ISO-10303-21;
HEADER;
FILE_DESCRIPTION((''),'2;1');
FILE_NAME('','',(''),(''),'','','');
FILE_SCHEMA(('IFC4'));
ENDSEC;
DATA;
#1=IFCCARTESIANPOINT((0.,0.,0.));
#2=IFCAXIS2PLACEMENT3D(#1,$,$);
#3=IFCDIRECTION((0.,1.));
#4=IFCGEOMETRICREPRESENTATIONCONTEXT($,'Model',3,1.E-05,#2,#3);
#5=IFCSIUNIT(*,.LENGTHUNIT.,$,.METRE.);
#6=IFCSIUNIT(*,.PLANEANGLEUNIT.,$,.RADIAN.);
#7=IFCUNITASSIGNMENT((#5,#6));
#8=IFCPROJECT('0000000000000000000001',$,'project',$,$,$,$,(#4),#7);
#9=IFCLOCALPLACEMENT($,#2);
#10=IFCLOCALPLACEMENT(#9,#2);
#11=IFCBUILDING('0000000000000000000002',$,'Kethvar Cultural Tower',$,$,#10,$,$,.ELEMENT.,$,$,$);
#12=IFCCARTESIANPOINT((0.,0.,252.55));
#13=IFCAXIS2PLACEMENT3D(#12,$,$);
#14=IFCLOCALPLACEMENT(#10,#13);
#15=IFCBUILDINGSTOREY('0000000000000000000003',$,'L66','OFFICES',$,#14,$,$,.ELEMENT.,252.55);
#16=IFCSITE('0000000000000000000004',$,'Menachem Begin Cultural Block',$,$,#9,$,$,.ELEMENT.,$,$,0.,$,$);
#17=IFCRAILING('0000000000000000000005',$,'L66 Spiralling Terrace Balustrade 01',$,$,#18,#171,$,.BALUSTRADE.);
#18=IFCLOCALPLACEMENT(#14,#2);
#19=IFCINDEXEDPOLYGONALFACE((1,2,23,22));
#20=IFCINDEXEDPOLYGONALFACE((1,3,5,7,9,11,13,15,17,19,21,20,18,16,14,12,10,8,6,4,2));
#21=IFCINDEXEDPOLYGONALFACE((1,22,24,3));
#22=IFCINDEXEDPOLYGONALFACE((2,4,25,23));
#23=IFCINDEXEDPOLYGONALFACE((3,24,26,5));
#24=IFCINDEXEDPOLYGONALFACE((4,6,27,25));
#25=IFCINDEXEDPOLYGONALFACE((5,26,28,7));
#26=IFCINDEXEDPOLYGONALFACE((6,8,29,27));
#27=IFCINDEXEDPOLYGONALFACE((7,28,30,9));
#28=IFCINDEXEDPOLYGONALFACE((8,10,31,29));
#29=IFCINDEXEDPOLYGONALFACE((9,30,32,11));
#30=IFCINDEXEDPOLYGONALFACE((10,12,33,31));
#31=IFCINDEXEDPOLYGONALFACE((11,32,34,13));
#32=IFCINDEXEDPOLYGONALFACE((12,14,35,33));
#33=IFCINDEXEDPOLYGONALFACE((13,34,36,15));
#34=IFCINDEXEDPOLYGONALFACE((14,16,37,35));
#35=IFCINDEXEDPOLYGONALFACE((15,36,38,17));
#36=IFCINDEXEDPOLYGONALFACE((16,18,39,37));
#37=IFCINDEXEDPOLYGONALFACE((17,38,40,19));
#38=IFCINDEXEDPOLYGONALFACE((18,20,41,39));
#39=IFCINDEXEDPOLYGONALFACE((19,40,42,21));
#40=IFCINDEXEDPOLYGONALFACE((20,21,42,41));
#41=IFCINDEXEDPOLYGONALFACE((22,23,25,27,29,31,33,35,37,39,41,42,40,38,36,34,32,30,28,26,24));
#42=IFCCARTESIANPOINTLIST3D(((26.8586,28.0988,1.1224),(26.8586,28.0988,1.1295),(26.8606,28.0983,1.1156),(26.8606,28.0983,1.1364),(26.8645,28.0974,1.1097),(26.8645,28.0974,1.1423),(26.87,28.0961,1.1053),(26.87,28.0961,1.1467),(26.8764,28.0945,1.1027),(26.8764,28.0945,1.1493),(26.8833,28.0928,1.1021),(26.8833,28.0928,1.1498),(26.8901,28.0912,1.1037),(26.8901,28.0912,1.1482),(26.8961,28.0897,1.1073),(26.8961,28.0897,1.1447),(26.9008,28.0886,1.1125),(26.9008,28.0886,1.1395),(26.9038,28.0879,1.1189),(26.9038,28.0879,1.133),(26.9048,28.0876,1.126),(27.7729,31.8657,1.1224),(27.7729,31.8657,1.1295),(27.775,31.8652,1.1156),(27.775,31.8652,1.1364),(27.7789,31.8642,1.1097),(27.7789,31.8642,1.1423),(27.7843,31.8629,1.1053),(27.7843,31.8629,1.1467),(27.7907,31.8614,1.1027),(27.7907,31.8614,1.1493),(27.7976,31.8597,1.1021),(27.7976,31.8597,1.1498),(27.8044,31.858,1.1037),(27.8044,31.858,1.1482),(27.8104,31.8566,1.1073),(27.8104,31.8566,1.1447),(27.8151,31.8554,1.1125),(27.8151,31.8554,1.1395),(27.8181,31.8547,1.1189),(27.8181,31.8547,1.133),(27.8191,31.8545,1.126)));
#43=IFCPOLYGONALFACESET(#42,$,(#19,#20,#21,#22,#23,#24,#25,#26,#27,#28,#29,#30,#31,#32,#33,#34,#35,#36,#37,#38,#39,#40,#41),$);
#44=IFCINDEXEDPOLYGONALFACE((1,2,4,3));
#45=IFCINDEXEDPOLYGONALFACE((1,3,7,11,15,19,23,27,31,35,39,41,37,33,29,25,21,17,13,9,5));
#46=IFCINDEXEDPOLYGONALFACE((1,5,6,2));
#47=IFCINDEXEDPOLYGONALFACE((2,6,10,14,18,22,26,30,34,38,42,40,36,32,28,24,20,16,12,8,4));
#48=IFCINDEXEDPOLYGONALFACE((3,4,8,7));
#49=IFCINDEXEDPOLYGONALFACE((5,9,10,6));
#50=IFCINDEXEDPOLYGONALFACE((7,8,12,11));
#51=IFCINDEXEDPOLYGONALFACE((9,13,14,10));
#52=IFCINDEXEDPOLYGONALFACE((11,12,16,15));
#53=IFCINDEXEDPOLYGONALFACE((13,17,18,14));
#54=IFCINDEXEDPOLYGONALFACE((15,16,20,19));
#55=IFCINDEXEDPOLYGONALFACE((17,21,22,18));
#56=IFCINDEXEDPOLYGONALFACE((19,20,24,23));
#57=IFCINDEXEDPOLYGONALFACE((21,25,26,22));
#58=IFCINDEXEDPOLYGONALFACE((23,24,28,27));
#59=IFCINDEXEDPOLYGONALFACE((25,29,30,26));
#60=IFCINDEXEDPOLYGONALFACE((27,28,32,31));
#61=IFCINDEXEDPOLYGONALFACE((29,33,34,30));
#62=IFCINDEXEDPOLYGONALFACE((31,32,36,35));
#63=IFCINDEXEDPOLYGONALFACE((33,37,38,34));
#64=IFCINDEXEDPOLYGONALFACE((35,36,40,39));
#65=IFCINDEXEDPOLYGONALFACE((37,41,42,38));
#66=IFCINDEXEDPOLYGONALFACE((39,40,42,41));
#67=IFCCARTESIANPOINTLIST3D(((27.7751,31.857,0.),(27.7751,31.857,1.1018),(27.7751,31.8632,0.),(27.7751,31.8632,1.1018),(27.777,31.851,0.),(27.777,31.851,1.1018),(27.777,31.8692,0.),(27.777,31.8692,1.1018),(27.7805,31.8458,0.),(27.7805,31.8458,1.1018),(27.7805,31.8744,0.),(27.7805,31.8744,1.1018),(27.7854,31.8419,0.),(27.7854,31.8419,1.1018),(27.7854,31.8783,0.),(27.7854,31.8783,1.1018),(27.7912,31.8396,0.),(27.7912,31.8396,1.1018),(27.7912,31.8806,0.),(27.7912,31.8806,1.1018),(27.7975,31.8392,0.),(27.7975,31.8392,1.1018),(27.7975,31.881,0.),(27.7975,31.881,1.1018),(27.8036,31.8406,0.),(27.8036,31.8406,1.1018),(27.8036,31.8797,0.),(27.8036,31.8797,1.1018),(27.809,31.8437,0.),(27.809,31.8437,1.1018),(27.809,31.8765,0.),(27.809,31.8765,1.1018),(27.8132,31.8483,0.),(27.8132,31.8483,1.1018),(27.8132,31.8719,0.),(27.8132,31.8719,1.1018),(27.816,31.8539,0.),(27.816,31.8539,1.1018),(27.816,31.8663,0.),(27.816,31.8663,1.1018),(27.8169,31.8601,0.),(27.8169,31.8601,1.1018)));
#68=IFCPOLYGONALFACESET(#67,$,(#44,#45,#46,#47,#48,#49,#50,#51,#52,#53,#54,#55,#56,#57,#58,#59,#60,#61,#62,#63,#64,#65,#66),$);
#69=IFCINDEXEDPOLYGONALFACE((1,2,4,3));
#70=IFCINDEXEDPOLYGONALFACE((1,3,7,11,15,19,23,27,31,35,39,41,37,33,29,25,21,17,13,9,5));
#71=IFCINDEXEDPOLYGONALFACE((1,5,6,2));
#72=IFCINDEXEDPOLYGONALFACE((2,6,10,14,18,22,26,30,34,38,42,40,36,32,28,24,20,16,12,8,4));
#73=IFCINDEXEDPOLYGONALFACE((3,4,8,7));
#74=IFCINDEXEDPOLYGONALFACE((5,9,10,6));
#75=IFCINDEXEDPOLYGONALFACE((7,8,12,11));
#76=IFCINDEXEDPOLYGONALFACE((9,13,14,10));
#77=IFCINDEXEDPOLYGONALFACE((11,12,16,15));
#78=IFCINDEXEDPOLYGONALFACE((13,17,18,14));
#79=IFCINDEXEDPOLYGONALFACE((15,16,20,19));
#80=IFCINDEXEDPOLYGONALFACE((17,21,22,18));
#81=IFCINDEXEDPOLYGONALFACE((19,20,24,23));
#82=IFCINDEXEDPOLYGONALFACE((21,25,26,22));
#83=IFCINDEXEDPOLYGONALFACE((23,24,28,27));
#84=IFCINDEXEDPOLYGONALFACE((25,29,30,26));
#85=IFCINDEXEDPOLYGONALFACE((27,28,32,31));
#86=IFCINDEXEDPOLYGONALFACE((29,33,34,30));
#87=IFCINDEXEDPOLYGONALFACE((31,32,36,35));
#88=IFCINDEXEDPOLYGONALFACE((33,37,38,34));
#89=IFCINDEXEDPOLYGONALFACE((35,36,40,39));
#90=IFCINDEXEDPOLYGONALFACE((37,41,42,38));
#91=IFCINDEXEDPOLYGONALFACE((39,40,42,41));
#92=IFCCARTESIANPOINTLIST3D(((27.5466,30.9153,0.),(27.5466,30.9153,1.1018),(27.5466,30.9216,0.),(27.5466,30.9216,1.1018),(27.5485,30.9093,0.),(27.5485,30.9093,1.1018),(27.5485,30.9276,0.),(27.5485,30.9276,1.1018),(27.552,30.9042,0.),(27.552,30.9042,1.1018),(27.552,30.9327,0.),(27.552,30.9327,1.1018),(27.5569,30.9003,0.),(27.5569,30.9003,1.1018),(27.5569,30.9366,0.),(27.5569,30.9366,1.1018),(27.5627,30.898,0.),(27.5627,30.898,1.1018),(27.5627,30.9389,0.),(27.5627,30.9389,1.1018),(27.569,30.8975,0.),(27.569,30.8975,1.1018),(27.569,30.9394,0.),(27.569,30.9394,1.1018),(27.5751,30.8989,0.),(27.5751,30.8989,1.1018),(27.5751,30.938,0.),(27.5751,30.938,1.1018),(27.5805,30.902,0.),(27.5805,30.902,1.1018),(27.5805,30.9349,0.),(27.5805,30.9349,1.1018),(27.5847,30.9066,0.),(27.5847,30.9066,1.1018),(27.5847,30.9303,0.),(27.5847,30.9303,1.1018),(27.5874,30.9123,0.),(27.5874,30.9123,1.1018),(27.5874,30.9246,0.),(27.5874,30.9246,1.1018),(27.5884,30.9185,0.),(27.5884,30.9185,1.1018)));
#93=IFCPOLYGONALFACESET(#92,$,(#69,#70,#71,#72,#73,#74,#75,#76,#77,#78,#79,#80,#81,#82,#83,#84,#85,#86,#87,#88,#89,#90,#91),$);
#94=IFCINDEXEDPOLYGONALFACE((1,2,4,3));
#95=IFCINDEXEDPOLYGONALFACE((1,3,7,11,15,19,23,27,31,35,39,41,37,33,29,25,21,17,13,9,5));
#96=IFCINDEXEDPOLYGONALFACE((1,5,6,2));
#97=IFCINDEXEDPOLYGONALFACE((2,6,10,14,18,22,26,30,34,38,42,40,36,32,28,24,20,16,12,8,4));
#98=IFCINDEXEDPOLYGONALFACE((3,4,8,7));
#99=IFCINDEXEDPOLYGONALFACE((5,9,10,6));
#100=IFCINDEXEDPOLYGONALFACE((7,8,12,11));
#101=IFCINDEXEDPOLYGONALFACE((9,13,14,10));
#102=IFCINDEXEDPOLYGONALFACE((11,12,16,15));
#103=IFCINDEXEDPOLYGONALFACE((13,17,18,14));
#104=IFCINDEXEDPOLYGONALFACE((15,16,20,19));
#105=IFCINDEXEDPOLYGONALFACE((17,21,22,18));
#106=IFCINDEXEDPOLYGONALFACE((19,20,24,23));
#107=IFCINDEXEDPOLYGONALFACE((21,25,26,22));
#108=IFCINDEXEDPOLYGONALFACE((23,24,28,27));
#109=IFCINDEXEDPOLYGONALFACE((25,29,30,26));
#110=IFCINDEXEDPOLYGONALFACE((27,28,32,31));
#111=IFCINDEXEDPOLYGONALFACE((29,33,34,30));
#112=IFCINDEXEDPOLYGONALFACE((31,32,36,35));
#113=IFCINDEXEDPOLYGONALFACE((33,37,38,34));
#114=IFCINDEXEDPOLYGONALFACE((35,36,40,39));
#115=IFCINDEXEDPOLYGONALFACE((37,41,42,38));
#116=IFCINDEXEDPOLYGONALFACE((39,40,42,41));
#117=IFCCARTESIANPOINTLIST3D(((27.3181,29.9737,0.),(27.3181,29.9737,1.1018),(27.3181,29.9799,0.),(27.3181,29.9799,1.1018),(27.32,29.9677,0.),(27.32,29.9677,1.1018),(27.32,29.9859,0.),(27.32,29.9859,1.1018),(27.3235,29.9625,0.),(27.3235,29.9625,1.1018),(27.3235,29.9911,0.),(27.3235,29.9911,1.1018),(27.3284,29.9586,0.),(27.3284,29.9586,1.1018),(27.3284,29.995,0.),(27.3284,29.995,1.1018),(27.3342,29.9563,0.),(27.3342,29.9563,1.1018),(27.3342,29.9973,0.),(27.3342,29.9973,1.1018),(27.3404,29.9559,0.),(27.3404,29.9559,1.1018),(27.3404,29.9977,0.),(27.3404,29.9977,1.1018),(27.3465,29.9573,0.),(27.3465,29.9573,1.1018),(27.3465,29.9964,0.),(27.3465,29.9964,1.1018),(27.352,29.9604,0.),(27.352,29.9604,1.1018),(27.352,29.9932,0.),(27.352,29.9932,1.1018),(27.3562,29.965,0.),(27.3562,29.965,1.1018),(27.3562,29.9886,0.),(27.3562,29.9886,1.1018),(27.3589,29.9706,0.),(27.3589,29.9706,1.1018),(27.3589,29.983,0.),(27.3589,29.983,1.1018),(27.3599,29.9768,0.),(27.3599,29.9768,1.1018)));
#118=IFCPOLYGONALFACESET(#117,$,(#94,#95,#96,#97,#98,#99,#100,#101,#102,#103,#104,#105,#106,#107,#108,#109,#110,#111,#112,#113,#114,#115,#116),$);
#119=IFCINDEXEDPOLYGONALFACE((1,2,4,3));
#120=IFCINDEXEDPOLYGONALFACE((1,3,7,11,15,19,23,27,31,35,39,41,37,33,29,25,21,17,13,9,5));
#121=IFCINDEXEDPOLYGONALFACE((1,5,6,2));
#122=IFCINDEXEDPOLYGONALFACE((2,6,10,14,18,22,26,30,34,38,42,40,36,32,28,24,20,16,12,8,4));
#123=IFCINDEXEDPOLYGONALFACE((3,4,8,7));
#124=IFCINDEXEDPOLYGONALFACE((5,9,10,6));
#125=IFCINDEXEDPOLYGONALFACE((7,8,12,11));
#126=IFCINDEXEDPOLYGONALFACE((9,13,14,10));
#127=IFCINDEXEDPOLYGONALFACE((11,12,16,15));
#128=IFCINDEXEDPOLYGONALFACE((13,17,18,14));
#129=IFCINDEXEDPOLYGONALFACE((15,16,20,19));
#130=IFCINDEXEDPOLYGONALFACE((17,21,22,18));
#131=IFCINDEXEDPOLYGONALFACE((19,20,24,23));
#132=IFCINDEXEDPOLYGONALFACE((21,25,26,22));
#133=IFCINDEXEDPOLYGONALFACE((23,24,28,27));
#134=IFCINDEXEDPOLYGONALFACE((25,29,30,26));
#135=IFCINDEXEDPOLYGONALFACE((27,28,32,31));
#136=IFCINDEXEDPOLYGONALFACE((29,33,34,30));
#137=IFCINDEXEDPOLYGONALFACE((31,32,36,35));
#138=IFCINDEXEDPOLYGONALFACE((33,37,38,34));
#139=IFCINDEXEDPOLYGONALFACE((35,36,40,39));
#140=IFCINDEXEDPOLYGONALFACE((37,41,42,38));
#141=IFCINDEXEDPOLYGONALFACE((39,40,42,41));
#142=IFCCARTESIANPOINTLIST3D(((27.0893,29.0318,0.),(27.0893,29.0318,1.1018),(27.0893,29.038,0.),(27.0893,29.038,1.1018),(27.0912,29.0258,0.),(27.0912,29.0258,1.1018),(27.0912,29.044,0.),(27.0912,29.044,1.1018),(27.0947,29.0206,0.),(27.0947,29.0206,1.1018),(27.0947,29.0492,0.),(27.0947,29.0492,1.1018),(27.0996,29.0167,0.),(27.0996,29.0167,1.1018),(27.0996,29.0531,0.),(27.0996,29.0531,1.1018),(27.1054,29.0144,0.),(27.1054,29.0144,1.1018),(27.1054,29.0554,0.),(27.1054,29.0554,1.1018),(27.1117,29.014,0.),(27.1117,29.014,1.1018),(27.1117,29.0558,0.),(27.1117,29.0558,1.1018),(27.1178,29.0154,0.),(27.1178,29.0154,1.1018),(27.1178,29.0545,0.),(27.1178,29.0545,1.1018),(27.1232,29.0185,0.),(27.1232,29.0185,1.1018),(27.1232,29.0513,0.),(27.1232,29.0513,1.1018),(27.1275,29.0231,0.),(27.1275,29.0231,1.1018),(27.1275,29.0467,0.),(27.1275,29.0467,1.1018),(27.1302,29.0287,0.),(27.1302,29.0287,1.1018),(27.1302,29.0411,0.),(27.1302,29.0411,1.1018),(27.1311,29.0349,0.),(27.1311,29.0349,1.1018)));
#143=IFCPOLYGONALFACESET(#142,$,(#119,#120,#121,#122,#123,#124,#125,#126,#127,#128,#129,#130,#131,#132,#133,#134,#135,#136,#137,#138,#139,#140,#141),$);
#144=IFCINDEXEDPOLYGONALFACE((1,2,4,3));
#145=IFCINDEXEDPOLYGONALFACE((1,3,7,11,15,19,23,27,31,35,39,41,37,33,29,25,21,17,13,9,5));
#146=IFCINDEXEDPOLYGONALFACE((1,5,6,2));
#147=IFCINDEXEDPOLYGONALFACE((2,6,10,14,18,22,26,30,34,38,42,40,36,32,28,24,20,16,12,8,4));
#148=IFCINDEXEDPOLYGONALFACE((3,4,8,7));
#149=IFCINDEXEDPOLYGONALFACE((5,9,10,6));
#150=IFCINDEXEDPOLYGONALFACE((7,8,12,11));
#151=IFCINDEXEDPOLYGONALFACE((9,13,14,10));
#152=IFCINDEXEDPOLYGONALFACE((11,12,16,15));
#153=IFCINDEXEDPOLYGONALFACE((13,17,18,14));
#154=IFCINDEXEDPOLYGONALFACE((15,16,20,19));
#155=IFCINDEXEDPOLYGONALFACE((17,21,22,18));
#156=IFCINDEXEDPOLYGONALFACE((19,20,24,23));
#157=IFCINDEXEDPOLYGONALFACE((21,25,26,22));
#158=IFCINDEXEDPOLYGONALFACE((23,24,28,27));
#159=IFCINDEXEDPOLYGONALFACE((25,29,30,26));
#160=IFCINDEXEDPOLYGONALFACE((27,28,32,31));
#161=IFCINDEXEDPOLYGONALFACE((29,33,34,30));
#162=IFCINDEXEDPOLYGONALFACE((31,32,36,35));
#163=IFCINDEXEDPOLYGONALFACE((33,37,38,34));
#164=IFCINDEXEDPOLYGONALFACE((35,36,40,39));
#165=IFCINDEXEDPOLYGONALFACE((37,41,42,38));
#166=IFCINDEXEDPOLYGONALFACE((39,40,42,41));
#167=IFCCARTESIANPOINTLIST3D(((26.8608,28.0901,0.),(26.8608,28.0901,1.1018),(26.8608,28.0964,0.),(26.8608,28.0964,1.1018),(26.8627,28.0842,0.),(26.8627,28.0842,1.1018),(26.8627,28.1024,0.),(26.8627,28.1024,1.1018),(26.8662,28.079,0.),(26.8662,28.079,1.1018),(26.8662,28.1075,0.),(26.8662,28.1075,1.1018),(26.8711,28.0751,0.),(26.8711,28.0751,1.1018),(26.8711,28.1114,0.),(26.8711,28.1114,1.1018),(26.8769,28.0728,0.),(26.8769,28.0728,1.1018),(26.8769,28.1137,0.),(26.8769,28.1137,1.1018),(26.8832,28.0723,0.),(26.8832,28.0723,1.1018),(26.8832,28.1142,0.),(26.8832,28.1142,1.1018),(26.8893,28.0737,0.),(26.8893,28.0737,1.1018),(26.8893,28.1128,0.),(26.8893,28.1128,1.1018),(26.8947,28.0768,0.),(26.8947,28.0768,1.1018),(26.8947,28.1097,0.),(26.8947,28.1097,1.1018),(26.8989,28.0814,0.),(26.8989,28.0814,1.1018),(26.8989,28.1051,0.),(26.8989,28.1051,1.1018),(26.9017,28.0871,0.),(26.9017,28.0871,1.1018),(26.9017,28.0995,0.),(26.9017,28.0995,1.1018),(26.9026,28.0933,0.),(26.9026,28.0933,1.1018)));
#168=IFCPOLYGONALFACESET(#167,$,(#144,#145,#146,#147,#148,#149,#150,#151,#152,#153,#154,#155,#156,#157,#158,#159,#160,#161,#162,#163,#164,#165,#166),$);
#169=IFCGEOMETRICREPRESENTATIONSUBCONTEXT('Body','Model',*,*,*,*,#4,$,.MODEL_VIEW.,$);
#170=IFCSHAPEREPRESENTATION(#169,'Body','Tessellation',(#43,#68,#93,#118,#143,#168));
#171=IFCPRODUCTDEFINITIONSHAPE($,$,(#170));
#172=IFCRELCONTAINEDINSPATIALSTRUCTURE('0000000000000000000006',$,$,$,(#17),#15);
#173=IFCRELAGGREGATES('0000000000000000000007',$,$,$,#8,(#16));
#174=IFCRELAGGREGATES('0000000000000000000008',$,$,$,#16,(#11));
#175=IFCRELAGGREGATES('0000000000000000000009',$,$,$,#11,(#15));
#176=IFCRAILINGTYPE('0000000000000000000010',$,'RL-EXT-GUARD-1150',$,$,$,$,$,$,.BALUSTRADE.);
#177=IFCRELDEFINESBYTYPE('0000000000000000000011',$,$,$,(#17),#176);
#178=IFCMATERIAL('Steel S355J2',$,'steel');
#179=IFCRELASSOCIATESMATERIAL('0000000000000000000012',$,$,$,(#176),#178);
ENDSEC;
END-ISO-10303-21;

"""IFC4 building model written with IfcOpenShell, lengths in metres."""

from ifc_helpers import new_model, si_unit, direction, frame, origin, origin_2d, place, context, subcontext, project, spatial, circle, extrude, material, type_object, element, save


model = new_model("IFC4")

# Units and contexts
model_context = context("Model", 3, precision=1e-05, world=origin(), true_north=direction((0.0, 1.0)))
body_context = subcontext(model_context, "Body", "Model", "MODEL_VIEW")
ifc_project = project(units=[si_unit("LENGTHUNIT", "METRE"), si_unit("PLANEANGLEUNIT", "RADIAN")], contexts=[model_context])

# Site, building, storey
site_placement = place(None, origin())
site = spatial("IfcSite", under=ifc_project, at=site_placement, Name="Menachem Begin Cultural Block", CompositionType="ELEMENT", RefElevation=0.0)
building_placement = place(site_placement, origin())
building = spatial("IfcBuilding", under=site, at=building_placement, Name="Kethvar Cultural Tower", CompositionType="ELEMENT")
storey_placement = place(building_placement, frame((0.0, 0.0, 252.55)))
storey = spatial("IfcBuildingStorey", under=building, at=storey_placement, Name="L66", Description="OFFICES", CompositionType="ELEMENT", Elevation=252.55)

# Shared definitions
ifc_material_1 = material(Name="Steel S355J2", Category="steel")

# Railing
railing_type = type_object("IfcRailingType", Name="RL-EXT-GUARD-1150", PredefinedType="BALUSTRADE", material=ifc_material_1)
railing_1_placement = place(storey_placement, frame((27.7959, 31.8601, 0.0)))
element("IfcRailing", 1, at=railing_1_placement, inside=storey, type_object=railing_type, Name="L66 Spiralling Terrace Balustrade 01", PredefinedType="BALUSTRADE", context=body_context, shape_type="SweptSolid", body=[
    extrude(circle(Radius=0.0239, at=origin_2d()), frame((0.0, 0.0, 1.126), z_axis=(-0.235876, -0.971783, 0.0), x_axis=(0.971783, -0.235876, 0.0)), (0.0, 0.0, 1.0), 3.8762),
    extrude(circle(Radius=0.021, at=origin_2d()), origin(), (0.0, 0.0, 1.0), 1.1018),
    extrude(circle(Radius=0.021, at=origin_2d()), frame((-0.2285, -0.9417, 0.0)), (0.0, 0.0, 1.0), 1.1018),
    extrude(circle(Radius=0.021, at=origin_2d()), frame((-0.457, -1.8833, 0.0)), (0.0, 0.0, 1.0), 1.1018),
    extrude(circle(Radius=0.021, at=origin_2d()), frame((-0.6858, -2.8252, 0.0)), (0.0, 0.0, 1.0), 1.1018),
    extrude(circle(Radius=0.021, at=origin_2d()), frame((-0.9143, -3.7668, 0.0)), (0.0, 0.0, 1.0), 1.1018),
])

save(model, "model.ifc")
